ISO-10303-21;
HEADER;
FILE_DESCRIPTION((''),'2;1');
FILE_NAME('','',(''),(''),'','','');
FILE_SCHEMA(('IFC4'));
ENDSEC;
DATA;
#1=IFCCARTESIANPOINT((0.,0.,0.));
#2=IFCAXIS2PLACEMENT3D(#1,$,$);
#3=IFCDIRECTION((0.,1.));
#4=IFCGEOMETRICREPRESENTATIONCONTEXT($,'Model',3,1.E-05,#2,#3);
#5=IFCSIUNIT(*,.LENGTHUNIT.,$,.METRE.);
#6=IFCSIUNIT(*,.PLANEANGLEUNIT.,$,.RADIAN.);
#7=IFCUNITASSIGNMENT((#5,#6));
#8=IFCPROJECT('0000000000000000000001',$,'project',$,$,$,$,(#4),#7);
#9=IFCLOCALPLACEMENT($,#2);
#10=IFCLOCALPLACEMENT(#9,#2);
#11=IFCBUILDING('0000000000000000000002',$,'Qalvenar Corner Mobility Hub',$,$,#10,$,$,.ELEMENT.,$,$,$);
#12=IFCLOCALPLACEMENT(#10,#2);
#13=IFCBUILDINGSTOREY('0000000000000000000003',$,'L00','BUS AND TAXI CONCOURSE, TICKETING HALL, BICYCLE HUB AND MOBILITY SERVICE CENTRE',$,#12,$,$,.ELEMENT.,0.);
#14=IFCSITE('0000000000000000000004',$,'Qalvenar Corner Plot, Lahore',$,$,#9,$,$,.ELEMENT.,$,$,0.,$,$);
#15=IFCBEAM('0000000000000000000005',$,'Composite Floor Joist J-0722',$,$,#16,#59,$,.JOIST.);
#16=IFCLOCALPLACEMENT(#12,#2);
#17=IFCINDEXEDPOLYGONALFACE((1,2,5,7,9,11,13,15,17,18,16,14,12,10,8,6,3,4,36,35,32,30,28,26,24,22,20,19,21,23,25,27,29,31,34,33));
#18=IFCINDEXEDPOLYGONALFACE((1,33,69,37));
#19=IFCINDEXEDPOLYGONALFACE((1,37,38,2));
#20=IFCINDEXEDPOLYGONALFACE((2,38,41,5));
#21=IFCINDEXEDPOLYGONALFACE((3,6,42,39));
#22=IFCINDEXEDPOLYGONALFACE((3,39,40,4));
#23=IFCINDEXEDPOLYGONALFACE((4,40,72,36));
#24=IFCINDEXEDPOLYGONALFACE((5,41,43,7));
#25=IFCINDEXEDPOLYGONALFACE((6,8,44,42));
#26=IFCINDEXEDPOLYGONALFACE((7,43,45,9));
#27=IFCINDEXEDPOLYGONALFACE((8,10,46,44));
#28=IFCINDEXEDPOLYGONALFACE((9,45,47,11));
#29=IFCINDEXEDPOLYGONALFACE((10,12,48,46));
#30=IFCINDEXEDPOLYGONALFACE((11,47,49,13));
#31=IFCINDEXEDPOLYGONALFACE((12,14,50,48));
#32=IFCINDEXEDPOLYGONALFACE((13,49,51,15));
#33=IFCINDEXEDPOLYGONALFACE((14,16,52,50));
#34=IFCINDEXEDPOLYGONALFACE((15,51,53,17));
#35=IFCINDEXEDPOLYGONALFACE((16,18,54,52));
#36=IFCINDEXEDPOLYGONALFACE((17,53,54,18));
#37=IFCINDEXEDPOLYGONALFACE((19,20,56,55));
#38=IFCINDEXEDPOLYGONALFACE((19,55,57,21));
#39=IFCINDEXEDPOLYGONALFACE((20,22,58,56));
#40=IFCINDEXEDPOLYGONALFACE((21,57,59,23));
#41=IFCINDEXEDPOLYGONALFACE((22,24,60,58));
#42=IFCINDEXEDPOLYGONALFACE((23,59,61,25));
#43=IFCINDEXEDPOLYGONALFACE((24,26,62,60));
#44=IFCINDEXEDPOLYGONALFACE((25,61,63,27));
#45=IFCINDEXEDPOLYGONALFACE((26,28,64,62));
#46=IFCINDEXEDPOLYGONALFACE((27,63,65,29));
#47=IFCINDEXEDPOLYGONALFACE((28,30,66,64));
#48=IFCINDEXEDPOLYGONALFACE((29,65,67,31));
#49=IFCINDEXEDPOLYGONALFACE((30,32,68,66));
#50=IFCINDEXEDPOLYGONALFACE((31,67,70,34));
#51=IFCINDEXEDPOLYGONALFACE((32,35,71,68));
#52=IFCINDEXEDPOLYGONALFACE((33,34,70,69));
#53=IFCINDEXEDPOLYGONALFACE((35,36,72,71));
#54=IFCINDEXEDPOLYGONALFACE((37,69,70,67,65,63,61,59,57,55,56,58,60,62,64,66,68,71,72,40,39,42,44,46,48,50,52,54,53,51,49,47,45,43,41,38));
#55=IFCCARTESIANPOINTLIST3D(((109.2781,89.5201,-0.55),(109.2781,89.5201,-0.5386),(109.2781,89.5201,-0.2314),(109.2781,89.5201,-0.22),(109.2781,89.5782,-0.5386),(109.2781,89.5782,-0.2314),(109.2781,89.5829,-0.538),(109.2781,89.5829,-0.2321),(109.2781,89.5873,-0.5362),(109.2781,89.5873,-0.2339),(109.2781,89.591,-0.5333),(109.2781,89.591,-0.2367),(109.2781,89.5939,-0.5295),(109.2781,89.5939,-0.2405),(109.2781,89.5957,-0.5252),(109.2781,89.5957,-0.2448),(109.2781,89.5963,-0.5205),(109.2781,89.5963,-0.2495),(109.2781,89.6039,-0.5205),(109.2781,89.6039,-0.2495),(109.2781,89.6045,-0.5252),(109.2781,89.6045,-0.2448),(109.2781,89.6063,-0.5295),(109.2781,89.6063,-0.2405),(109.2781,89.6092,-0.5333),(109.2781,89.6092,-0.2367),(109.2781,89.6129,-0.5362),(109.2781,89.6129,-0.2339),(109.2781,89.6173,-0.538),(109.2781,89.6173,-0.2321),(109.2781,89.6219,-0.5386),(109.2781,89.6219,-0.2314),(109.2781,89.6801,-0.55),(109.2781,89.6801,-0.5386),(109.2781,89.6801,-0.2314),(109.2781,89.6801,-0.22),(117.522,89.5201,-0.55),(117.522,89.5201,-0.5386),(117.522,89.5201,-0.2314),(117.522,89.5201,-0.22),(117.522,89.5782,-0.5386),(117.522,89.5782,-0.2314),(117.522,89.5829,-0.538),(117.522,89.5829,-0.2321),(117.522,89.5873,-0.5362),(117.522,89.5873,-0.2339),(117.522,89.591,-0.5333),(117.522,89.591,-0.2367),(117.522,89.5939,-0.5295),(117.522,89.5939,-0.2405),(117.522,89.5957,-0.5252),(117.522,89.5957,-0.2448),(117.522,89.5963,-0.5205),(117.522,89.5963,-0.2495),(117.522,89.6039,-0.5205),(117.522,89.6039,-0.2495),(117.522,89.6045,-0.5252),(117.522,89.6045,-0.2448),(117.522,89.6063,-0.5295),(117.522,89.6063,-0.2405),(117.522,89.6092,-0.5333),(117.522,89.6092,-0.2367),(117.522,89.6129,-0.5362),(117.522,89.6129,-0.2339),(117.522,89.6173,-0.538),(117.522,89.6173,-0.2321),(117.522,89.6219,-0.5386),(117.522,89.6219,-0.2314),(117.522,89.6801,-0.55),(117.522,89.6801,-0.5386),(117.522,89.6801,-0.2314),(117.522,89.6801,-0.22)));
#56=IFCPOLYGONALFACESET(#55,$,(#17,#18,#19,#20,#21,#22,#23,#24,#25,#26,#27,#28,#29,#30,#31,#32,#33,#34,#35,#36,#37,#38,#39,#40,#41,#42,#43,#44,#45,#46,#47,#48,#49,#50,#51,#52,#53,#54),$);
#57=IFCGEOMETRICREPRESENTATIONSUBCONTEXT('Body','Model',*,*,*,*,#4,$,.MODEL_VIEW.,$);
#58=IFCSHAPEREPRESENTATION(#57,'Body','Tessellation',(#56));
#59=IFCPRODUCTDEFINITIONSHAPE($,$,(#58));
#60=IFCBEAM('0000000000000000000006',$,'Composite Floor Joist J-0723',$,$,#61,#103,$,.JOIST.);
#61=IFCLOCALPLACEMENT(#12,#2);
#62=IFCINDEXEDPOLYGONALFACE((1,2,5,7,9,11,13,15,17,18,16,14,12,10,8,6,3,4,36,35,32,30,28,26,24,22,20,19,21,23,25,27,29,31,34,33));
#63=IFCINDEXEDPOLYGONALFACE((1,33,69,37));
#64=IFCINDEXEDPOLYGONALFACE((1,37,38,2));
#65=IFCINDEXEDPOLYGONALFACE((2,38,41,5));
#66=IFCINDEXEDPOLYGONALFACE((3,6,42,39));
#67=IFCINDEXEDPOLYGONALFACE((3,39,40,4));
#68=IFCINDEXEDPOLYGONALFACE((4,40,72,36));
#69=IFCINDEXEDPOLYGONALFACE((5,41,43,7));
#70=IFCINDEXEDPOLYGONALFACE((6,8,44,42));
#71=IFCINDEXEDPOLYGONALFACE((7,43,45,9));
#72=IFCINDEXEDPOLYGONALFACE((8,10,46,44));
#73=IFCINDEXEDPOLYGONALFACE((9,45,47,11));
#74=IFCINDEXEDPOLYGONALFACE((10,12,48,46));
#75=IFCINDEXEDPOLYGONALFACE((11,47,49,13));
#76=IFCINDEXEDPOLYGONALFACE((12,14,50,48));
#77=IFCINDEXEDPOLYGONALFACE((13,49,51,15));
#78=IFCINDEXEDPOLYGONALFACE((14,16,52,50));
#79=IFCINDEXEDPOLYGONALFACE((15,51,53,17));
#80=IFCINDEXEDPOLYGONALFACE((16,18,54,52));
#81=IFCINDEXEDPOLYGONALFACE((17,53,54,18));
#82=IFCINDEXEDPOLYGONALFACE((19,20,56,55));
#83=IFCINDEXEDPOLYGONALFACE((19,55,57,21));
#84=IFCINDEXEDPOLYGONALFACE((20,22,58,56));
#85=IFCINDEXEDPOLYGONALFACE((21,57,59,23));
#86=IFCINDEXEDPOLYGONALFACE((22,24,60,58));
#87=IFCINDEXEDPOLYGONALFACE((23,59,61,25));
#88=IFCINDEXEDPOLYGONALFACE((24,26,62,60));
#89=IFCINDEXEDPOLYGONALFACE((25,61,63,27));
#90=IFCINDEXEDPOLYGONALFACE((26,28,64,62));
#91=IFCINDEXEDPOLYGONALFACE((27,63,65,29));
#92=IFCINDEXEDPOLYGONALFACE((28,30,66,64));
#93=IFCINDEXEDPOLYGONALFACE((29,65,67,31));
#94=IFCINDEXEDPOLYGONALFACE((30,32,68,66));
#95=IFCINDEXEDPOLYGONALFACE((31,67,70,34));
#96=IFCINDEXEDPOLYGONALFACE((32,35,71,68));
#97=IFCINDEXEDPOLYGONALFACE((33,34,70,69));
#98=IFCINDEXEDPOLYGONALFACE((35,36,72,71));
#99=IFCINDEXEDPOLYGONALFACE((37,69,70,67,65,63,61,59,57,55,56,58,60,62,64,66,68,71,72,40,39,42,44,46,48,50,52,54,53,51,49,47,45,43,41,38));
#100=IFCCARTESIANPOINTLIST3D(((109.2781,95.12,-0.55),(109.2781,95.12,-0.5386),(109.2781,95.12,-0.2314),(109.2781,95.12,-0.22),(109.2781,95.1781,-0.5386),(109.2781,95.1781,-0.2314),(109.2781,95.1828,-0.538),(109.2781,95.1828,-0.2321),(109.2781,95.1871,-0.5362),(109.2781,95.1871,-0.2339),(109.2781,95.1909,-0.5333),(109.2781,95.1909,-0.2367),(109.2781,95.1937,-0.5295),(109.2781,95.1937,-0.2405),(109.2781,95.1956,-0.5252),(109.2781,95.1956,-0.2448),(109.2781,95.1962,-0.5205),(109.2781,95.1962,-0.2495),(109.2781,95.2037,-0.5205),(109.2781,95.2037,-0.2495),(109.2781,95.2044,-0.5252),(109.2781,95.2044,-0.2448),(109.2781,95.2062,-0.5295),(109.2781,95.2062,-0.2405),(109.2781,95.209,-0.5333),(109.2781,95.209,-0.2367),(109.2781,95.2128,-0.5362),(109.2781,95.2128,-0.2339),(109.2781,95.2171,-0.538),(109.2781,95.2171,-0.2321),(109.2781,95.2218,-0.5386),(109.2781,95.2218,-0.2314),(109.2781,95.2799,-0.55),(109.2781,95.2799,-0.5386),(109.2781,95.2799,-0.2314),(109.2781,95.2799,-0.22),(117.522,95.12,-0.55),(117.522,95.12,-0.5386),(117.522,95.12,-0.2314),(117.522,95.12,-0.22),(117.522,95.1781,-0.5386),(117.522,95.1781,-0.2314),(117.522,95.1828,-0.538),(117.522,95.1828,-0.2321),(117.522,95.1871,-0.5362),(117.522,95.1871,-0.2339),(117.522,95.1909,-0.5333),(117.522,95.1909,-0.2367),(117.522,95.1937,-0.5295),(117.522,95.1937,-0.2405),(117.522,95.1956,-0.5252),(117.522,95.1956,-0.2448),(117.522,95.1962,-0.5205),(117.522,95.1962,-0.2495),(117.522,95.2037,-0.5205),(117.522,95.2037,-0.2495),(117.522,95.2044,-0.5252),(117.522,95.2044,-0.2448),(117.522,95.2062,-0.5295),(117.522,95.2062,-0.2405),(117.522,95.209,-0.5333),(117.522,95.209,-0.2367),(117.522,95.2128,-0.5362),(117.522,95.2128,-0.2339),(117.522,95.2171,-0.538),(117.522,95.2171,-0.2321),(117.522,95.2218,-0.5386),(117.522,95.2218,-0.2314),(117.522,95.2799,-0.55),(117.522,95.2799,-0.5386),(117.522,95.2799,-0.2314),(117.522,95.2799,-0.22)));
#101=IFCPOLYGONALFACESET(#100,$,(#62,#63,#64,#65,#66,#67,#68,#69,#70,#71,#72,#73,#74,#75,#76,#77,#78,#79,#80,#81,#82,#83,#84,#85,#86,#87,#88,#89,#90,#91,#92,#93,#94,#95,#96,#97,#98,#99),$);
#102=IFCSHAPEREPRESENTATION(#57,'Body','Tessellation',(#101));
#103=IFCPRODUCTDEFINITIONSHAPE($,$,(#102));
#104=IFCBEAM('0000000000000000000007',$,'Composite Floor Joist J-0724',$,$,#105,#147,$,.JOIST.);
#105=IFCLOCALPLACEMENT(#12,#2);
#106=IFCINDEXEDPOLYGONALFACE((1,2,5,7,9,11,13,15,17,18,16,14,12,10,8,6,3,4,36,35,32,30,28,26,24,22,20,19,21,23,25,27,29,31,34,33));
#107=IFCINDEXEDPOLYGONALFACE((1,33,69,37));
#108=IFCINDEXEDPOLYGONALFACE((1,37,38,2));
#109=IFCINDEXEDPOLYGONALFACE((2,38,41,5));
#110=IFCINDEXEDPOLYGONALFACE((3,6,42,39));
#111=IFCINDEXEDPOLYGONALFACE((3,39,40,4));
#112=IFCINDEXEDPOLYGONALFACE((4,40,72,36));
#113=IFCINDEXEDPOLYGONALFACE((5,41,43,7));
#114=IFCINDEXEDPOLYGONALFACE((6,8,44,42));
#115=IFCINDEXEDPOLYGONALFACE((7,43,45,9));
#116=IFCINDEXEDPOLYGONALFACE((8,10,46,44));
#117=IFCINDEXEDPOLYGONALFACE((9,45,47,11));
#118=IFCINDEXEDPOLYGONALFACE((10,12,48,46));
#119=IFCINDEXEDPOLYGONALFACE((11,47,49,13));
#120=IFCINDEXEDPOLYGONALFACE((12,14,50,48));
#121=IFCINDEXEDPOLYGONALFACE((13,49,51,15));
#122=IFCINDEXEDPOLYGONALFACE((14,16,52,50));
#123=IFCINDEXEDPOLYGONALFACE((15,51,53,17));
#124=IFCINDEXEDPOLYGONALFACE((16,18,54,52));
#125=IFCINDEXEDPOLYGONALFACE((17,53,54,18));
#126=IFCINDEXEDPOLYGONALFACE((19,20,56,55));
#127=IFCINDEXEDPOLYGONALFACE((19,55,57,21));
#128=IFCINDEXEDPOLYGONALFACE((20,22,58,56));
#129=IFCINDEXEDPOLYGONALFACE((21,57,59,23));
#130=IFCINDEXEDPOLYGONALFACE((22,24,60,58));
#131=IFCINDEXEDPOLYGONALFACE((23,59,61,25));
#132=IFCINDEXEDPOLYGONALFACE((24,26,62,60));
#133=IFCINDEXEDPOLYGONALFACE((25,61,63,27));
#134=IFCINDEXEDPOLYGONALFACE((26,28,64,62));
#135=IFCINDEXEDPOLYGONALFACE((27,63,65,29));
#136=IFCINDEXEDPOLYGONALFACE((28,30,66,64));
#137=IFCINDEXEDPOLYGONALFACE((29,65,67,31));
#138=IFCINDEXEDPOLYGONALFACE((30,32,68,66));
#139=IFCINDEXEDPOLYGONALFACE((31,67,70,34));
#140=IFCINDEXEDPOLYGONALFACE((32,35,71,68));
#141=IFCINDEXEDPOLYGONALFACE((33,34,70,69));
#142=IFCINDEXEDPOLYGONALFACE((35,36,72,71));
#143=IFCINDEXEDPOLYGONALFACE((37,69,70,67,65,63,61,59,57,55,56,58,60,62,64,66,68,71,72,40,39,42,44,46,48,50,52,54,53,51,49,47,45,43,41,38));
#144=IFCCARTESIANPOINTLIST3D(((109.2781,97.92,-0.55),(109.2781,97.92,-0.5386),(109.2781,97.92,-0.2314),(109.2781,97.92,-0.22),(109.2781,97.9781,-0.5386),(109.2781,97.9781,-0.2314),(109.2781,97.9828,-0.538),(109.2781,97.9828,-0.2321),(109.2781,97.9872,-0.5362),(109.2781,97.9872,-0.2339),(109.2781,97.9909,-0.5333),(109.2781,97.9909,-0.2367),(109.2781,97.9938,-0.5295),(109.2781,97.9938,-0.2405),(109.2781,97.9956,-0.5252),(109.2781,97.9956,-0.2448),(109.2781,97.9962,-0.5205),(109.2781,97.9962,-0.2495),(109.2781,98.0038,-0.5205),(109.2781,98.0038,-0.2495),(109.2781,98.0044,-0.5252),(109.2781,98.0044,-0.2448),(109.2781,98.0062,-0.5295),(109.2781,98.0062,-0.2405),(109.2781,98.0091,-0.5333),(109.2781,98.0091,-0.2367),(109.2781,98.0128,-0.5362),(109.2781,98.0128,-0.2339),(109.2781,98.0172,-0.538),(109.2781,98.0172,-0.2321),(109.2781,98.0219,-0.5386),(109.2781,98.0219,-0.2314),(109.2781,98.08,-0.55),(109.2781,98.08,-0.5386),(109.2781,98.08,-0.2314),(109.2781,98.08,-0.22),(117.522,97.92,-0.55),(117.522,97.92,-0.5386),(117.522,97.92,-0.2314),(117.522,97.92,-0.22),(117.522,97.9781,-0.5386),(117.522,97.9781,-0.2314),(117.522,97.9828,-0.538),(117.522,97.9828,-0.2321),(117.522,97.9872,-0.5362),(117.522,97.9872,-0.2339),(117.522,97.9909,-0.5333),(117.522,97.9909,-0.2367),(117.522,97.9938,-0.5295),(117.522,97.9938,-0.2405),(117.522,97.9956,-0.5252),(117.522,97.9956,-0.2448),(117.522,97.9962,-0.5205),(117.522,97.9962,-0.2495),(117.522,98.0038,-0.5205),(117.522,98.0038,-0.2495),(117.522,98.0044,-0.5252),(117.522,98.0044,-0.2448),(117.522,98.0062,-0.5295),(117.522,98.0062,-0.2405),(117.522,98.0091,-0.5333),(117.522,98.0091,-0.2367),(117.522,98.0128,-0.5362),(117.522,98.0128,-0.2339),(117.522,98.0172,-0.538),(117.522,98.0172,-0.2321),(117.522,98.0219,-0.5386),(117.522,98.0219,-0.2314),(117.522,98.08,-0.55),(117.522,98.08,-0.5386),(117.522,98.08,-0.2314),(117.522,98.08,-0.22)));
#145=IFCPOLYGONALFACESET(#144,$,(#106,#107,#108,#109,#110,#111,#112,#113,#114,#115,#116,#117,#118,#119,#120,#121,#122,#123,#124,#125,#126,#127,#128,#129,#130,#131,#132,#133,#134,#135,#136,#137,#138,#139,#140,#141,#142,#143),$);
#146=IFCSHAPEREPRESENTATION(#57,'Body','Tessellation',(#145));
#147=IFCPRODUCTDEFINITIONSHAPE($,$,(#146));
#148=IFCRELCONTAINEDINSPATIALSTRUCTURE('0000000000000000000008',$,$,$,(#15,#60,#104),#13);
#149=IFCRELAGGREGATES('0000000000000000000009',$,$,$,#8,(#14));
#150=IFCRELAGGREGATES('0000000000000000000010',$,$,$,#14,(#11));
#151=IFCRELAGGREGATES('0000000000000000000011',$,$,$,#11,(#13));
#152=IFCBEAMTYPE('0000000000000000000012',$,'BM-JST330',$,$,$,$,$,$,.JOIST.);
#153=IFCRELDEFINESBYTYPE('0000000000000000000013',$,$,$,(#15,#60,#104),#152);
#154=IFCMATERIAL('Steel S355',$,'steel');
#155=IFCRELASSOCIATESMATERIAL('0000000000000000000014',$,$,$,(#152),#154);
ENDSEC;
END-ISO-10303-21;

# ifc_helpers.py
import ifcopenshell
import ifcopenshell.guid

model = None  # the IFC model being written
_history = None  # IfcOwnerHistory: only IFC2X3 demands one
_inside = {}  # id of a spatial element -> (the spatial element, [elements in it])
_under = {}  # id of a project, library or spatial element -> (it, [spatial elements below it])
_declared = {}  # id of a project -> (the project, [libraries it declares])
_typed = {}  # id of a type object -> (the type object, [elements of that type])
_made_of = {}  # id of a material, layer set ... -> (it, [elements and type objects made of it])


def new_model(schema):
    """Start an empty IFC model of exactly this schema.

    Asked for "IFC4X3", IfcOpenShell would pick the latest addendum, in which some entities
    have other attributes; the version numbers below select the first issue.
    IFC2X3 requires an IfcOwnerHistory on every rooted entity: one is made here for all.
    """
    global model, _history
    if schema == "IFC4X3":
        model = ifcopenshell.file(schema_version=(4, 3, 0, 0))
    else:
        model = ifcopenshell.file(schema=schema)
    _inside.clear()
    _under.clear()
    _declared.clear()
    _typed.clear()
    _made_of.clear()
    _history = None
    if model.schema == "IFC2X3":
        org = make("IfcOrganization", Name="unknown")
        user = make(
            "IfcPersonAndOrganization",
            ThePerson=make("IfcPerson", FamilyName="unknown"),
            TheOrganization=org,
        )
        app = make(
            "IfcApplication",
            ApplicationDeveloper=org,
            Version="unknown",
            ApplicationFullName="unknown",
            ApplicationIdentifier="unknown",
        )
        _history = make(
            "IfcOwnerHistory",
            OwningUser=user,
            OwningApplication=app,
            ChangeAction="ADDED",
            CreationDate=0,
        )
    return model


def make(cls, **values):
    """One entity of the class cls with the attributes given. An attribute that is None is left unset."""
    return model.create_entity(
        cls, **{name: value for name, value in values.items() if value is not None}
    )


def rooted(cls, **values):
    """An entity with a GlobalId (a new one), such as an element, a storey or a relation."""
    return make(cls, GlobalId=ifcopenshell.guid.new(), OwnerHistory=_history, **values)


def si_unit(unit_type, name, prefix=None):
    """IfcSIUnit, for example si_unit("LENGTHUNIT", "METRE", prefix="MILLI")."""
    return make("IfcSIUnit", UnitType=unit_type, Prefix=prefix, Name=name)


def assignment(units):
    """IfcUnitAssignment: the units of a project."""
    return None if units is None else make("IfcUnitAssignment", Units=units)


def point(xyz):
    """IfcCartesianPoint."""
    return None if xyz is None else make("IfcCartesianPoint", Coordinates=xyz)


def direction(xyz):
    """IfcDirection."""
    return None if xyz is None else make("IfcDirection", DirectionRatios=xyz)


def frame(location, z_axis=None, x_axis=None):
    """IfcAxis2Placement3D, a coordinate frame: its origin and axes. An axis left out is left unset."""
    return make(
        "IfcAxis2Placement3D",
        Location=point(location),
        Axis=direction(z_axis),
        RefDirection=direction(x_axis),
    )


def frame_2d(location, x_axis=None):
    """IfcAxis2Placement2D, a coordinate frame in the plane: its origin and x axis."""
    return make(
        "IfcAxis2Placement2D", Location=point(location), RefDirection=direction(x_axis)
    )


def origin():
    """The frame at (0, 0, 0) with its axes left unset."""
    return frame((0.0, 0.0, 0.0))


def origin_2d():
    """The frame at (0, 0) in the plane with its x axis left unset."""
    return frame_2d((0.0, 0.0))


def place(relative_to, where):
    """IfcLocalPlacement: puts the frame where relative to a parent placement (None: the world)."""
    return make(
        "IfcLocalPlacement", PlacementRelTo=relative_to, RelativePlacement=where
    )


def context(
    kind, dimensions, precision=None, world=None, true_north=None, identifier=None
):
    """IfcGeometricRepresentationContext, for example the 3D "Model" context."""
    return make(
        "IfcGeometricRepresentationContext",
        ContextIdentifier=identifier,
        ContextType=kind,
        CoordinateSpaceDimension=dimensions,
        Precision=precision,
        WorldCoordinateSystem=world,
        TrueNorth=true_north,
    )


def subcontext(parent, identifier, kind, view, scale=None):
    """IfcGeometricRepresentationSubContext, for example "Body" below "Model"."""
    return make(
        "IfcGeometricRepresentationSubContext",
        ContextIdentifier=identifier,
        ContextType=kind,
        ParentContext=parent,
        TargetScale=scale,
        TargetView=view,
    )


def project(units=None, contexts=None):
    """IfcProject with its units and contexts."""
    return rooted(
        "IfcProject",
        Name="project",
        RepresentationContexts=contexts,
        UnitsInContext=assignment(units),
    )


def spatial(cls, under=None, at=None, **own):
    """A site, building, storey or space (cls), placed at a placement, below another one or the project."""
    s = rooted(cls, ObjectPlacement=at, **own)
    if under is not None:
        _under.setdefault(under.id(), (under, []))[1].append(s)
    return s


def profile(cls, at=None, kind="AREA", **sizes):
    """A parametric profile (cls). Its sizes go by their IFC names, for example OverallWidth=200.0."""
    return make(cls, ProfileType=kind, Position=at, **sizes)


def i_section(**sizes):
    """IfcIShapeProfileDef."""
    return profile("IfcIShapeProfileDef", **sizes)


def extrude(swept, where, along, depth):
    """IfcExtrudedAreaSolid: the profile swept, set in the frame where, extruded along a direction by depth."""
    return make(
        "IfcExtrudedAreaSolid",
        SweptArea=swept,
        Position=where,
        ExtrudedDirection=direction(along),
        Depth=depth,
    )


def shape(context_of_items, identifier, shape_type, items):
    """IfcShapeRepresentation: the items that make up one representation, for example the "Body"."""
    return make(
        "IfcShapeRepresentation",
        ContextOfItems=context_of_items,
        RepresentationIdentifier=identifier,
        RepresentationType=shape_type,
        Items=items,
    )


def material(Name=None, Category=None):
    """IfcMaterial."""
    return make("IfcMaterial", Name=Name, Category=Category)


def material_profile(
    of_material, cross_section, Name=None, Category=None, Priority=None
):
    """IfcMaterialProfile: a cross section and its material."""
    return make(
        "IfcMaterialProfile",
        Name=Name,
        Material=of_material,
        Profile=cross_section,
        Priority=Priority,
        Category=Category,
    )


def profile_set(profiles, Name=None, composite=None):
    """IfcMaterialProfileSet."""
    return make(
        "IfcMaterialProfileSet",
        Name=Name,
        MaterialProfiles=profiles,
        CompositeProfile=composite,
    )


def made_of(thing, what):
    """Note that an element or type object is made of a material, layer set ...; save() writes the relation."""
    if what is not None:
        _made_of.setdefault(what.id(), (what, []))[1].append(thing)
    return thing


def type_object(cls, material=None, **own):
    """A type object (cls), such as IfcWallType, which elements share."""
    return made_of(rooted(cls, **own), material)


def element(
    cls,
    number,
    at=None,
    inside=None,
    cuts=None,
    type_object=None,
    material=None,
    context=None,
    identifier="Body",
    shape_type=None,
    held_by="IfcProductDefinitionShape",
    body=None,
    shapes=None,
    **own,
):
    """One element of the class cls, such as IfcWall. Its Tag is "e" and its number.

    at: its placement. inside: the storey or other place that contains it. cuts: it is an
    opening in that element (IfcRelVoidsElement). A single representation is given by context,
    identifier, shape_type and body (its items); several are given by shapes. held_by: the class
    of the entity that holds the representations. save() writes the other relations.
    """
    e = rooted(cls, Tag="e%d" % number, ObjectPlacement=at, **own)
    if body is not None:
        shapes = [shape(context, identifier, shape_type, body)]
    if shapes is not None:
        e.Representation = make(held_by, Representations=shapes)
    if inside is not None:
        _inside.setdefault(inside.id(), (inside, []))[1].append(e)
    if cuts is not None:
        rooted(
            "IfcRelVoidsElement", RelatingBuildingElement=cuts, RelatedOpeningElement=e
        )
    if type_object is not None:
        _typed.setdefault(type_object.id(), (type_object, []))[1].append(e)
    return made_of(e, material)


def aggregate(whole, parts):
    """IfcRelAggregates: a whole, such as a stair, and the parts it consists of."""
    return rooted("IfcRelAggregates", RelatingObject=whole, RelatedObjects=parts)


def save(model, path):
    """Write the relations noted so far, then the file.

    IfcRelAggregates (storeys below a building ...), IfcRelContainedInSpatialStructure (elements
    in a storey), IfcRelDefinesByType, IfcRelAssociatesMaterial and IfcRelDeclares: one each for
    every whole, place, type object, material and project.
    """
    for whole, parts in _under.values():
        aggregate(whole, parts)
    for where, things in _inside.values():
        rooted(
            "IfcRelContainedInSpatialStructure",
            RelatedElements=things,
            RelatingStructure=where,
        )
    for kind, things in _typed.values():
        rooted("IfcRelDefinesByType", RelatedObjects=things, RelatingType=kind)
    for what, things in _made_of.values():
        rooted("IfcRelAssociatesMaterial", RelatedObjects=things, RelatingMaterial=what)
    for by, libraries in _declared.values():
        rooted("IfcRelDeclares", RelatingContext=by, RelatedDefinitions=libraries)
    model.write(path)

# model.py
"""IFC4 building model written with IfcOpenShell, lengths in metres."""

from ifc_helpers import new_model, si_unit, direction, frame, origin, origin_2d, place, context, subcontext, project, spatial, i_section, extrude, material, material_profile, profile_set, type_object, element, save


model = new_model("IFC4")

# Units and contexts
model_context = context("Model", 3, precision=1e-05, world=origin(), true_north=direction((0.0, 1.0)))
body_context = subcontext(model_context, "Body", "Model", "MODEL_VIEW")
ifc_project = project(units=[si_unit("LENGTHUNIT", "METRE"), si_unit("PLANEANGLEUNIT", "RADIAN")], contexts=[model_context])

# Site, building, storey
site_placement = place(None, origin())
site = spatial("IfcSite", under=ifc_project, at=site_placement, Name="Qalvenar Corner Plot, Lahore", CompositionType="ELEMENT", RefElevation=0.0)
building_placement = place(site_placement, origin())
building = spatial("IfcBuilding", under=site, at=building_placement, Name="Qalvenar Corner Mobility Hub", CompositionType="ELEMENT")
storey_placement = place(building_placement, origin())
storey = spatial("IfcBuildingStorey", under=building, at=storey_placement, Name="L00", Description="BUS AND TAXI CONCOURSE, TICKETING HALL, BICYCLE HUB AND MOBILITY SERVICE CENTRE", CompositionType="ELEMENT", Elevation=0.0)

# Shared definitions
ifc_material = material(Name="Steel S355", Category="steel")

# Beams
ifc_material_profile_1 = material_profile(ifc_material, i_section(OverallWidth=0.1599, OverallDepth=0.3301, WebThickness=0.0076, FlangeThickness=0.0115, FilletRadius=0.0181, at=origin_2d()), Name="IPE330")
ifc_profile_set_1 = profile_set([ifc_material_profile_1], Name="Steel S355")
beam_type_1 = type_object("IfcBeamType", Name="BM-JST330", PredefinedType="JOIST", material=ifc_profile_set_1)
for number, where, z_axis, x_axis, name in (
    (1, (109.2781, 89.6001, -0.385), (1.0, 0.0, 0.0), (0.0, 1.0, 0.0), "Composite Floor Joist J-0722"),
    (2, (109.2781, 95.2, -0.385), (1.0, 0.0, 0.0), (0.0, 1.0, 0.0), "Composite Floor Joist J-0723"),
    (3, (109.2781, 98.0, -0.385), (1.0, 0.0, 0.0), (0.0, 1.0, 0.0), "Composite Floor Joist J-0724"),
):
    element("IfcBeam", number, at=place(storey_placement, frame(where, z_axis=z_axis, x_axis=x_axis)), inside=storey, type_object=beam_type_1, Name=name, PredefinedType="JOIST", context=body_context, shape_type="SweptSolid", body=[
        extrude(i_section(OverallWidth=0.1599, OverallDepth=0.3301, WebThickness=0.0076, FlangeThickness=0.0115, FilletRadius=0.0181, at=origin_2d()), origin(), (0.0, 0.0, 1.0), 8.2439),
    ])

save(model, "model.ifc")
